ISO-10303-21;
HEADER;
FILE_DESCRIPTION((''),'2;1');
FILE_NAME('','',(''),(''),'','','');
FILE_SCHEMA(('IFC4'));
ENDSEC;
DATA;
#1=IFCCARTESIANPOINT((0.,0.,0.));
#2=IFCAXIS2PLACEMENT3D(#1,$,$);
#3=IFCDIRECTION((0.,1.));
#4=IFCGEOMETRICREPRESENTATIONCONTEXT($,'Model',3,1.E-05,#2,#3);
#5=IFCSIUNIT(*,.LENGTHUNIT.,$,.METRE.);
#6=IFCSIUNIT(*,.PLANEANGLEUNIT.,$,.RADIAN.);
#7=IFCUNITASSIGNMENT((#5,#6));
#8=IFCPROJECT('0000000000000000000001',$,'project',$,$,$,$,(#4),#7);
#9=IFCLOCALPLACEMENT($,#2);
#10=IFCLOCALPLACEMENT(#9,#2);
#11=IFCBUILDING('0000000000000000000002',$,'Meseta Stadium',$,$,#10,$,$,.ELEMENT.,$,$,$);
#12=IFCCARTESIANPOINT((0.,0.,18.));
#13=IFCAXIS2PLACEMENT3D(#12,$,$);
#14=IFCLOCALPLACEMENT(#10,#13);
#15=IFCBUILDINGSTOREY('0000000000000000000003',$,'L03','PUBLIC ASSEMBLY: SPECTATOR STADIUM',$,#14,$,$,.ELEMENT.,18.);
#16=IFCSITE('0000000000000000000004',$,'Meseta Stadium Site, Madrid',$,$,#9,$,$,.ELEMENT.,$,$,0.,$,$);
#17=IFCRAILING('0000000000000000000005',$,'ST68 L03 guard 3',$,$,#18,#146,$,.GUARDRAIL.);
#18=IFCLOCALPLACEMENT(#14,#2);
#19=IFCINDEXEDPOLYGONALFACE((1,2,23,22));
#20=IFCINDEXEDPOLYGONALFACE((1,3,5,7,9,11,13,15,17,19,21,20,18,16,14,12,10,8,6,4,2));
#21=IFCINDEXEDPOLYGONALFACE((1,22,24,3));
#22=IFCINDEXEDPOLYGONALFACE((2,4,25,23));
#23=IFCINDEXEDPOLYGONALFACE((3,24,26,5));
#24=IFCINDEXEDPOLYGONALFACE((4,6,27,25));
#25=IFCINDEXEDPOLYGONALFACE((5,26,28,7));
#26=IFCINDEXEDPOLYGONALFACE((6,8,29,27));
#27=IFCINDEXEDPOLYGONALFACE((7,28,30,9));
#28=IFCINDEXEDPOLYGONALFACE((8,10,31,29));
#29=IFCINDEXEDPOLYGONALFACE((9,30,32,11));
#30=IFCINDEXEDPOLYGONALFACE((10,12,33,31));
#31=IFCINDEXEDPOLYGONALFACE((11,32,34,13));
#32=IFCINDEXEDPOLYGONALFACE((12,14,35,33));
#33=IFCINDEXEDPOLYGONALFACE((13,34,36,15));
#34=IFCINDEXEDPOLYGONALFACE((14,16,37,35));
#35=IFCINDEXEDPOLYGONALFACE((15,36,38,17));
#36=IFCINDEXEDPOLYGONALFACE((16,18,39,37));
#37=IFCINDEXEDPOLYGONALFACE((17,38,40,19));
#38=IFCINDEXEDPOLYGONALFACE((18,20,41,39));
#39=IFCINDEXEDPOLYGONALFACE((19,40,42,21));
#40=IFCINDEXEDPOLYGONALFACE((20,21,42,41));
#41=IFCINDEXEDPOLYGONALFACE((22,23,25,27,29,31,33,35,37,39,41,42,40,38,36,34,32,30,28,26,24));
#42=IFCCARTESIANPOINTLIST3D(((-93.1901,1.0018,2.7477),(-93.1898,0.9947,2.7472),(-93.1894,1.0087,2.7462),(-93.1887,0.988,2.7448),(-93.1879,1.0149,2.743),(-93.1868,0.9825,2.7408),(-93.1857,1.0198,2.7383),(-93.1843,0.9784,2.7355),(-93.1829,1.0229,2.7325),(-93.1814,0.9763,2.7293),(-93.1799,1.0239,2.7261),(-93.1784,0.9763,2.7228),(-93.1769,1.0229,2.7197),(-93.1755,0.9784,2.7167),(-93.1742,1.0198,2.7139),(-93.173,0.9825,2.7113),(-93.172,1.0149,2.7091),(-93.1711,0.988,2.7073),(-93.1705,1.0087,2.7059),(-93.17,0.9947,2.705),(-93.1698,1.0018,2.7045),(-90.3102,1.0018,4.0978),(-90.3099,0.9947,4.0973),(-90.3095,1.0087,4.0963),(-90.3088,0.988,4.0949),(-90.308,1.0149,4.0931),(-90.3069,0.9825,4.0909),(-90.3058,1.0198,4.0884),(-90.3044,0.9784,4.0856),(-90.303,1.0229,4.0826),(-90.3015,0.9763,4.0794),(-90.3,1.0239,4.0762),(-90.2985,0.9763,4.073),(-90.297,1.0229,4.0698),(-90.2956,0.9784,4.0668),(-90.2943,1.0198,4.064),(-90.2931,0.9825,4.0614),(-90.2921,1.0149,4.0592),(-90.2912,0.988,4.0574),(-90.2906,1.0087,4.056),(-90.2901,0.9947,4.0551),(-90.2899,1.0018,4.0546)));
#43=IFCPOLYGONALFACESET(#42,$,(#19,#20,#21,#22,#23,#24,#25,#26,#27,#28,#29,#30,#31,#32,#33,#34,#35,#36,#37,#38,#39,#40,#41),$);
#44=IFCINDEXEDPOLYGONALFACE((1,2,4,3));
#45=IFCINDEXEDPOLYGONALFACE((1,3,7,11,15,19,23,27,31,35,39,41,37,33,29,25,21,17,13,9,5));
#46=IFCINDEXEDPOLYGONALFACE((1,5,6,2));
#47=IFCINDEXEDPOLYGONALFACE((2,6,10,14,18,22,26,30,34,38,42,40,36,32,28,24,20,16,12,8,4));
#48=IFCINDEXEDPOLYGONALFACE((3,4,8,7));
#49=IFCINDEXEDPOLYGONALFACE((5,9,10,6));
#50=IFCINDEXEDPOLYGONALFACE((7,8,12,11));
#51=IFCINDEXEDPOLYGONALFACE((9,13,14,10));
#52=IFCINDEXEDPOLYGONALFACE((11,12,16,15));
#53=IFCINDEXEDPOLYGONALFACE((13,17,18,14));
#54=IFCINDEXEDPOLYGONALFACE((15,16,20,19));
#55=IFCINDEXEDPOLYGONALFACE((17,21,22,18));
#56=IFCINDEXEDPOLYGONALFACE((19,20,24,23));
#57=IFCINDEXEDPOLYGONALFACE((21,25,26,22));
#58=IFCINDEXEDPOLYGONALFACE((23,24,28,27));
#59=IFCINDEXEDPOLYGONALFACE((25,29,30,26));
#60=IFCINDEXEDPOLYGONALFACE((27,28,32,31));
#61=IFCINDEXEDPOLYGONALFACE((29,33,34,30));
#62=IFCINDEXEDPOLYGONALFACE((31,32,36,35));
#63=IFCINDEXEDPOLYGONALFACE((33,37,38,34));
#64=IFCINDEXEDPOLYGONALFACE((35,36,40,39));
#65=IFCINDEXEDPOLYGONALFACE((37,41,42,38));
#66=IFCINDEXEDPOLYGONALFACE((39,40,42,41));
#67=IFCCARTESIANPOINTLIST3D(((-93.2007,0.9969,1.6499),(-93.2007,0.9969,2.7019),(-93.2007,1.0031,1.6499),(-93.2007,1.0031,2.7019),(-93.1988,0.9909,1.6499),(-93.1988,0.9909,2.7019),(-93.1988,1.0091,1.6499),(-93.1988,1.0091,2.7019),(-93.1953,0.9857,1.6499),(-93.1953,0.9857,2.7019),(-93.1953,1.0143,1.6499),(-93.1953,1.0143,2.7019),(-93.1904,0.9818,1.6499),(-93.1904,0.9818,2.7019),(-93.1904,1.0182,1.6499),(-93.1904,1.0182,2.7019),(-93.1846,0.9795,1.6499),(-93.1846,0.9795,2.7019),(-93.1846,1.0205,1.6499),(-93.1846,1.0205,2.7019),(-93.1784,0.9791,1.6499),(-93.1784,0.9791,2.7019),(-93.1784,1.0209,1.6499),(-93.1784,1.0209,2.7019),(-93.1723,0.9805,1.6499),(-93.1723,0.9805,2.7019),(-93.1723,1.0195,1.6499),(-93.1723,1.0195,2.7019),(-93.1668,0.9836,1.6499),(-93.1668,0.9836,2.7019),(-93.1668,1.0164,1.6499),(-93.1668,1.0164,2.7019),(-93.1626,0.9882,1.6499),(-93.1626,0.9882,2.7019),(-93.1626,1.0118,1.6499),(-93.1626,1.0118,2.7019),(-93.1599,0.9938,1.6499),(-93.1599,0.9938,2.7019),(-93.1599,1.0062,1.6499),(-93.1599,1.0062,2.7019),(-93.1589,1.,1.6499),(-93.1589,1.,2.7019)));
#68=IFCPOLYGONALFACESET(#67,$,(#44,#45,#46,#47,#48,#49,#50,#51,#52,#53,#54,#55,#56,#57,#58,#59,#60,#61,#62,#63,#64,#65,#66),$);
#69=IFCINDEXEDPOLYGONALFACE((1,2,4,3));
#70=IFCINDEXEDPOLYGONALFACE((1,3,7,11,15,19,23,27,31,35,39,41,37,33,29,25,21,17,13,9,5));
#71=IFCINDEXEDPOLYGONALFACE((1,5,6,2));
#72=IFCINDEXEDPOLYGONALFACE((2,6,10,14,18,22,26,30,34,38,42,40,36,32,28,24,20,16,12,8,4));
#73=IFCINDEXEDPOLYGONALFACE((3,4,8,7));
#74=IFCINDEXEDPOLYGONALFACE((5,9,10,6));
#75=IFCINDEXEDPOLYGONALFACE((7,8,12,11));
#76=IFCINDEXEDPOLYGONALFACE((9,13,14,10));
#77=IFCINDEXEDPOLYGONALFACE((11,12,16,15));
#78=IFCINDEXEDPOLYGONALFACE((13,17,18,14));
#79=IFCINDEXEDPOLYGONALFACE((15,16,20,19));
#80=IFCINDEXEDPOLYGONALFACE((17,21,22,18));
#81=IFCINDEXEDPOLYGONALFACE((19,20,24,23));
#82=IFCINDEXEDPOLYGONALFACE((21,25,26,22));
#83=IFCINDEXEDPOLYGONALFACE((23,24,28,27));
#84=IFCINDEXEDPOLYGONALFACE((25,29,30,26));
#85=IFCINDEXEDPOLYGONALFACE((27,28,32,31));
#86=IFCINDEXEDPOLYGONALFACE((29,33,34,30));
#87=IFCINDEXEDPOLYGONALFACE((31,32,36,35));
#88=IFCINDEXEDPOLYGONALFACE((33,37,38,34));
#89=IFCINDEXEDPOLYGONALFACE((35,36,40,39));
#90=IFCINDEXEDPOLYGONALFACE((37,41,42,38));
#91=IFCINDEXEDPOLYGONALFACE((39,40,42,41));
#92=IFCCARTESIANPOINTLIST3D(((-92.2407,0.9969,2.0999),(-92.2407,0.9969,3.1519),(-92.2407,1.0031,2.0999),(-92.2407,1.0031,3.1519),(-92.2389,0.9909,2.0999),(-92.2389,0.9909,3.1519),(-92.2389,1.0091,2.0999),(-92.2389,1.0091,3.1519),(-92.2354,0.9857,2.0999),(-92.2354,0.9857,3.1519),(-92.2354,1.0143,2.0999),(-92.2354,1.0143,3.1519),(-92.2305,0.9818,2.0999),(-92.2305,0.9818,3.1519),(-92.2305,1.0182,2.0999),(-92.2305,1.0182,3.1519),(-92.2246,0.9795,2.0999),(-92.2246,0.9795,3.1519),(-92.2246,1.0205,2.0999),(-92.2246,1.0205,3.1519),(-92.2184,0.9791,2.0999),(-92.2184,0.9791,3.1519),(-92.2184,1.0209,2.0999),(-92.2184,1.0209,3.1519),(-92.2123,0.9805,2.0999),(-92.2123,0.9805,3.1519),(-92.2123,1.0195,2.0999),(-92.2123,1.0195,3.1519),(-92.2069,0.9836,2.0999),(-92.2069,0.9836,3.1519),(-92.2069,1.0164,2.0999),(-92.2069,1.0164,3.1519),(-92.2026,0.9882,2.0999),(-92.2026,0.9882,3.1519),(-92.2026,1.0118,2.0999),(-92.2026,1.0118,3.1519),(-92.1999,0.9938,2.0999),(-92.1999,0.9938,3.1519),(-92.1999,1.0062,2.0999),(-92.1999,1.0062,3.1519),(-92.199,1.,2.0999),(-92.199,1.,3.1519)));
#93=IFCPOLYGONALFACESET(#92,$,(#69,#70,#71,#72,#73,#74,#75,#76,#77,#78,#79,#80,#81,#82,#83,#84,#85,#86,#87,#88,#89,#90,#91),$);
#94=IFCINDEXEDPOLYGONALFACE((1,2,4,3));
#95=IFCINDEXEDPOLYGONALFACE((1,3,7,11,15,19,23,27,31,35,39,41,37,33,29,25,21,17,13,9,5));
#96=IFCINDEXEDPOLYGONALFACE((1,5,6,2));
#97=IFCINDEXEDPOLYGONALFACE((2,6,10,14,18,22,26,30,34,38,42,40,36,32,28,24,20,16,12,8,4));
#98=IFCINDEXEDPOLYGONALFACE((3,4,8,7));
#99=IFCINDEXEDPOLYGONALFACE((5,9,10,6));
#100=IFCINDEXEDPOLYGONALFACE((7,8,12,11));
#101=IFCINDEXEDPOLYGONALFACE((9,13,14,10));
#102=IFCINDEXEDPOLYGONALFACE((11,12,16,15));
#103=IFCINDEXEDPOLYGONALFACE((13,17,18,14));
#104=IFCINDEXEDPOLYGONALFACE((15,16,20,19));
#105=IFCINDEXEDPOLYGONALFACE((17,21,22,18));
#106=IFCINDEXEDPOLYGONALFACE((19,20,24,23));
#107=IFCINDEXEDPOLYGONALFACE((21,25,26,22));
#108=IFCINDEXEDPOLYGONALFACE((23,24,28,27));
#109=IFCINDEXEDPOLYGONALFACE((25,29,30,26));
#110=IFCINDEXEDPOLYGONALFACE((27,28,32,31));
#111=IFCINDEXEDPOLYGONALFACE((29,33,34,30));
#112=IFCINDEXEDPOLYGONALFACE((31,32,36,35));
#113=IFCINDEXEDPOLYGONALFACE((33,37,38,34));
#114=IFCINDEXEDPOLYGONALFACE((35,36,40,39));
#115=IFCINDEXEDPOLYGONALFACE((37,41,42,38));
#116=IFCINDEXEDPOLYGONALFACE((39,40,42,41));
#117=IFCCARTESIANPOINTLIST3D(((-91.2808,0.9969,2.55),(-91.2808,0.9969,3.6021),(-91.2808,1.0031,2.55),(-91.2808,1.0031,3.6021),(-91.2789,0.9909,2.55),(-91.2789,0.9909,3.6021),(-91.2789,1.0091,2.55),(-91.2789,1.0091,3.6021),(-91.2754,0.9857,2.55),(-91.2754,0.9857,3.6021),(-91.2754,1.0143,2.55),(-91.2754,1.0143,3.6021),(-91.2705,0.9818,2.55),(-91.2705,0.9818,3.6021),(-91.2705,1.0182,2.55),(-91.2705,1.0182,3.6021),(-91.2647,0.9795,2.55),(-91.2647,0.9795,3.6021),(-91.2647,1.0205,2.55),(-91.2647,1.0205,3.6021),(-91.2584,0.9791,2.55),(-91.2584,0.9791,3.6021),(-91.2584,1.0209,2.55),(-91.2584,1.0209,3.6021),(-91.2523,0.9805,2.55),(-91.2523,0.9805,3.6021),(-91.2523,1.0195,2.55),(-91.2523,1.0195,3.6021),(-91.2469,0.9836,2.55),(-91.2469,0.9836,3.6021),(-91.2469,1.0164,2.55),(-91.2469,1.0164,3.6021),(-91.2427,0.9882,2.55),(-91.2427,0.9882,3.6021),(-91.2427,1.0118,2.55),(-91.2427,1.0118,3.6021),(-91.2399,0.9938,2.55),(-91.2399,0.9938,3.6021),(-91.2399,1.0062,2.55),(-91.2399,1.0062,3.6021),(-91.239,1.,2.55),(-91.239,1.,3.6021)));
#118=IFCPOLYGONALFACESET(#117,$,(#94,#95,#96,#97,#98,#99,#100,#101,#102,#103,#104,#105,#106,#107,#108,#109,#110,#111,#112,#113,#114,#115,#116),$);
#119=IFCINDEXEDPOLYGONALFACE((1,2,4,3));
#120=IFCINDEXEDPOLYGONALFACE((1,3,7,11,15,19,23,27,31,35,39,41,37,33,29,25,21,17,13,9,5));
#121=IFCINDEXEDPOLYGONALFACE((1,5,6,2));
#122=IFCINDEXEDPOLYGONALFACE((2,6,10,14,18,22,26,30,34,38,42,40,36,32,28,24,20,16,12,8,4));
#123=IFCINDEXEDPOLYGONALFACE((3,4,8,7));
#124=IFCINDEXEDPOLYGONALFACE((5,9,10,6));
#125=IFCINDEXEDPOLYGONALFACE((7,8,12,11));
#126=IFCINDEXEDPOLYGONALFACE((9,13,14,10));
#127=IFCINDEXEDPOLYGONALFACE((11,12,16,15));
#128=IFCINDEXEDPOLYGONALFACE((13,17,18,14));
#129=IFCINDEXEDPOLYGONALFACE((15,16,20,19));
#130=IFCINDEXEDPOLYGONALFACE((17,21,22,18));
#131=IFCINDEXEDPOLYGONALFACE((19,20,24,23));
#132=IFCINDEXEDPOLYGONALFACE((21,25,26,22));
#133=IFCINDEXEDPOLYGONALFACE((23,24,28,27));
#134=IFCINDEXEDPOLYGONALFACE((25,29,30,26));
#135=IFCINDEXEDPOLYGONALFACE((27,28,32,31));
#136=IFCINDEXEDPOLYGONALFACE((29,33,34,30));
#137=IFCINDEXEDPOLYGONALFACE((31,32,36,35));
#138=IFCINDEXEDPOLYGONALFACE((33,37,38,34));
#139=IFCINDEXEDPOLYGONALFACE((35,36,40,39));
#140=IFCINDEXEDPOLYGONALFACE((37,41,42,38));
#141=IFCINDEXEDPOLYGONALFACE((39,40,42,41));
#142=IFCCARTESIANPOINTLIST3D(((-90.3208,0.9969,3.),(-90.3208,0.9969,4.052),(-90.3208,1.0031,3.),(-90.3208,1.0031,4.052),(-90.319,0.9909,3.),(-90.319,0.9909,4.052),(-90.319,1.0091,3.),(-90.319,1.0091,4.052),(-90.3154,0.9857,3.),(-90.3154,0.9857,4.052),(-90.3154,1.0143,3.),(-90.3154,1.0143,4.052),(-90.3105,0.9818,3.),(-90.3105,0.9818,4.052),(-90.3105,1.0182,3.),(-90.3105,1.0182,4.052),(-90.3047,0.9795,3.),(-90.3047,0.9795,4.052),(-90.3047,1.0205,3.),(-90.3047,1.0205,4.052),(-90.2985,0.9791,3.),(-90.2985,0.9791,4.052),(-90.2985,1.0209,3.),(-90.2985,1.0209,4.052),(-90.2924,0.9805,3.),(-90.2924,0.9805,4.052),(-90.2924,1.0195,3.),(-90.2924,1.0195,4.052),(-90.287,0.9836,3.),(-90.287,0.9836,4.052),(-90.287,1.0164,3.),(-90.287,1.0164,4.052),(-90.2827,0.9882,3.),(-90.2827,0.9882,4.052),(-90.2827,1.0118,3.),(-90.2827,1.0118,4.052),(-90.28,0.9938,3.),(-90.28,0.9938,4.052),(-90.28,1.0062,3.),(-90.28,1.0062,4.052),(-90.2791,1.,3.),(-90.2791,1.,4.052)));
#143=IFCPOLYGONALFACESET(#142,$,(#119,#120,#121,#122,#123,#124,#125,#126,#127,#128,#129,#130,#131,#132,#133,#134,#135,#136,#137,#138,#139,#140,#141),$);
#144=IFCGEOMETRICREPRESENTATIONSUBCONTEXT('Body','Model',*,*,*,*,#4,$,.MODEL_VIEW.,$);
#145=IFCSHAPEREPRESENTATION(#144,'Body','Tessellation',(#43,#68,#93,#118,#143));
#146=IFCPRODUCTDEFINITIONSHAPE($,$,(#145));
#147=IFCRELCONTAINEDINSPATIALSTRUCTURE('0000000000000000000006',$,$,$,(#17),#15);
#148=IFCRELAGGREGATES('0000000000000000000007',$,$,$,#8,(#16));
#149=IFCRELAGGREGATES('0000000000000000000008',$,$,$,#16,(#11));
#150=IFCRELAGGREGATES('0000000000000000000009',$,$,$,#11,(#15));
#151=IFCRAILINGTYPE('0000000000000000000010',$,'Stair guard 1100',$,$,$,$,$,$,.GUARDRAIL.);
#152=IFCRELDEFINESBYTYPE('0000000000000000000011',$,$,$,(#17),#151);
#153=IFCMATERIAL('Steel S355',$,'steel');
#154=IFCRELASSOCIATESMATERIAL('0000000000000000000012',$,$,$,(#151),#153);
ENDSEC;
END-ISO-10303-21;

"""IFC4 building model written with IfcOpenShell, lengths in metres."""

from ifc_helpers import new_model, si_unit, direction, frame, origin, origin_2d, place, context, subcontext, project, spatial, circle, extrude, material, type_object, element, save


model = new_model("IFC4")

# Units and contexts
model_context = context("Model", 3, precision=1e-05, world=origin(), true_north=direction((0.0, 1.0)))
body_context = subcontext(model_context, "Body", "Model", "MODEL_VIEW")
ifc_project = project(units=[si_unit("LENGTHUNIT", "METRE"), si_unit("PLANEANGLEUNIT", "RADIAN")], contexts=[model_context])

# Site, building, storey
site_placement = place(None, origin())
site = spatial("IfcSite", under=ifc_project, at=site_placement, Name="Meseta Stadium Site, Madrid", CompositionType="ELEMENT", RefElevation=0.0)
building_placement = place(site_placement, origin())
building = spatial("IfcBuilding", under=site, at=building_placement, Name="Meseta Stadium", CompositionType="ELEMENT")
storey_placement = place(building_placement, frame((0.0, 0.0, 18.0)))
storey = spatial("IfcBuildingStorey", under=building, at=storey_placement, Name="L03", Description="PUBLIC ASSEMBLY: SPECTATOR STADIUM", CompositionType="ELEMENT", Elevation=18.0)

# Railing
ifc_material_1 = material(Name="Steel S355", Category="steel")
railing_type_1 = type_object("IfcRailingType", Name="Stair guard 1100", PredefinedType="GUARDRAIL", material=ifc_material_1)
for number, where, name in (
    (1, (-93.1799, 1.0, 1.6499), "ST68 L03 guard 3"),
):
    element("IfcRailing", number, at=place(storey_placement, frame(where)), inside=storey, type_object=railing_type_1, Name=name, PredefinedType="GUARDRAIL", context=body_context, shape_type="SweptSolid", body=[
        extrude(circle(Radius=0.0239, at=origin_2d()), frame((0.0, 0.0, 1.0762), z_axis=(0.90544, 0.0, 0.424473), x_axis=(0.0, 1.0, 0.0)), (0.0, 0.0, 1.0), 3.1807),
        extrude(circle(Radius=0.021, at=origin_2d()), origin(), (0.0, 0.0, 1.0), 1.052),
        extrude(circle(Radius=0.021, at=origin_2d()), frame((0.96, 0.0, 0.45)), (0.0, 0.0, 1.0), 1.052),
        extrude(circle(Radius=0.021, at=origin_2d()), frame((1.9199, 0.0, 0.9001)), (0.0, 0.0, 1.0), 1.052),
        extrude(circle(Radius=0.021, at=origin_2d()), frame((2.8799, 0.0, 1.3501)), (0.0, 0.0, 1.0), 1.052),
    ])

save(model, "model.ifc")
